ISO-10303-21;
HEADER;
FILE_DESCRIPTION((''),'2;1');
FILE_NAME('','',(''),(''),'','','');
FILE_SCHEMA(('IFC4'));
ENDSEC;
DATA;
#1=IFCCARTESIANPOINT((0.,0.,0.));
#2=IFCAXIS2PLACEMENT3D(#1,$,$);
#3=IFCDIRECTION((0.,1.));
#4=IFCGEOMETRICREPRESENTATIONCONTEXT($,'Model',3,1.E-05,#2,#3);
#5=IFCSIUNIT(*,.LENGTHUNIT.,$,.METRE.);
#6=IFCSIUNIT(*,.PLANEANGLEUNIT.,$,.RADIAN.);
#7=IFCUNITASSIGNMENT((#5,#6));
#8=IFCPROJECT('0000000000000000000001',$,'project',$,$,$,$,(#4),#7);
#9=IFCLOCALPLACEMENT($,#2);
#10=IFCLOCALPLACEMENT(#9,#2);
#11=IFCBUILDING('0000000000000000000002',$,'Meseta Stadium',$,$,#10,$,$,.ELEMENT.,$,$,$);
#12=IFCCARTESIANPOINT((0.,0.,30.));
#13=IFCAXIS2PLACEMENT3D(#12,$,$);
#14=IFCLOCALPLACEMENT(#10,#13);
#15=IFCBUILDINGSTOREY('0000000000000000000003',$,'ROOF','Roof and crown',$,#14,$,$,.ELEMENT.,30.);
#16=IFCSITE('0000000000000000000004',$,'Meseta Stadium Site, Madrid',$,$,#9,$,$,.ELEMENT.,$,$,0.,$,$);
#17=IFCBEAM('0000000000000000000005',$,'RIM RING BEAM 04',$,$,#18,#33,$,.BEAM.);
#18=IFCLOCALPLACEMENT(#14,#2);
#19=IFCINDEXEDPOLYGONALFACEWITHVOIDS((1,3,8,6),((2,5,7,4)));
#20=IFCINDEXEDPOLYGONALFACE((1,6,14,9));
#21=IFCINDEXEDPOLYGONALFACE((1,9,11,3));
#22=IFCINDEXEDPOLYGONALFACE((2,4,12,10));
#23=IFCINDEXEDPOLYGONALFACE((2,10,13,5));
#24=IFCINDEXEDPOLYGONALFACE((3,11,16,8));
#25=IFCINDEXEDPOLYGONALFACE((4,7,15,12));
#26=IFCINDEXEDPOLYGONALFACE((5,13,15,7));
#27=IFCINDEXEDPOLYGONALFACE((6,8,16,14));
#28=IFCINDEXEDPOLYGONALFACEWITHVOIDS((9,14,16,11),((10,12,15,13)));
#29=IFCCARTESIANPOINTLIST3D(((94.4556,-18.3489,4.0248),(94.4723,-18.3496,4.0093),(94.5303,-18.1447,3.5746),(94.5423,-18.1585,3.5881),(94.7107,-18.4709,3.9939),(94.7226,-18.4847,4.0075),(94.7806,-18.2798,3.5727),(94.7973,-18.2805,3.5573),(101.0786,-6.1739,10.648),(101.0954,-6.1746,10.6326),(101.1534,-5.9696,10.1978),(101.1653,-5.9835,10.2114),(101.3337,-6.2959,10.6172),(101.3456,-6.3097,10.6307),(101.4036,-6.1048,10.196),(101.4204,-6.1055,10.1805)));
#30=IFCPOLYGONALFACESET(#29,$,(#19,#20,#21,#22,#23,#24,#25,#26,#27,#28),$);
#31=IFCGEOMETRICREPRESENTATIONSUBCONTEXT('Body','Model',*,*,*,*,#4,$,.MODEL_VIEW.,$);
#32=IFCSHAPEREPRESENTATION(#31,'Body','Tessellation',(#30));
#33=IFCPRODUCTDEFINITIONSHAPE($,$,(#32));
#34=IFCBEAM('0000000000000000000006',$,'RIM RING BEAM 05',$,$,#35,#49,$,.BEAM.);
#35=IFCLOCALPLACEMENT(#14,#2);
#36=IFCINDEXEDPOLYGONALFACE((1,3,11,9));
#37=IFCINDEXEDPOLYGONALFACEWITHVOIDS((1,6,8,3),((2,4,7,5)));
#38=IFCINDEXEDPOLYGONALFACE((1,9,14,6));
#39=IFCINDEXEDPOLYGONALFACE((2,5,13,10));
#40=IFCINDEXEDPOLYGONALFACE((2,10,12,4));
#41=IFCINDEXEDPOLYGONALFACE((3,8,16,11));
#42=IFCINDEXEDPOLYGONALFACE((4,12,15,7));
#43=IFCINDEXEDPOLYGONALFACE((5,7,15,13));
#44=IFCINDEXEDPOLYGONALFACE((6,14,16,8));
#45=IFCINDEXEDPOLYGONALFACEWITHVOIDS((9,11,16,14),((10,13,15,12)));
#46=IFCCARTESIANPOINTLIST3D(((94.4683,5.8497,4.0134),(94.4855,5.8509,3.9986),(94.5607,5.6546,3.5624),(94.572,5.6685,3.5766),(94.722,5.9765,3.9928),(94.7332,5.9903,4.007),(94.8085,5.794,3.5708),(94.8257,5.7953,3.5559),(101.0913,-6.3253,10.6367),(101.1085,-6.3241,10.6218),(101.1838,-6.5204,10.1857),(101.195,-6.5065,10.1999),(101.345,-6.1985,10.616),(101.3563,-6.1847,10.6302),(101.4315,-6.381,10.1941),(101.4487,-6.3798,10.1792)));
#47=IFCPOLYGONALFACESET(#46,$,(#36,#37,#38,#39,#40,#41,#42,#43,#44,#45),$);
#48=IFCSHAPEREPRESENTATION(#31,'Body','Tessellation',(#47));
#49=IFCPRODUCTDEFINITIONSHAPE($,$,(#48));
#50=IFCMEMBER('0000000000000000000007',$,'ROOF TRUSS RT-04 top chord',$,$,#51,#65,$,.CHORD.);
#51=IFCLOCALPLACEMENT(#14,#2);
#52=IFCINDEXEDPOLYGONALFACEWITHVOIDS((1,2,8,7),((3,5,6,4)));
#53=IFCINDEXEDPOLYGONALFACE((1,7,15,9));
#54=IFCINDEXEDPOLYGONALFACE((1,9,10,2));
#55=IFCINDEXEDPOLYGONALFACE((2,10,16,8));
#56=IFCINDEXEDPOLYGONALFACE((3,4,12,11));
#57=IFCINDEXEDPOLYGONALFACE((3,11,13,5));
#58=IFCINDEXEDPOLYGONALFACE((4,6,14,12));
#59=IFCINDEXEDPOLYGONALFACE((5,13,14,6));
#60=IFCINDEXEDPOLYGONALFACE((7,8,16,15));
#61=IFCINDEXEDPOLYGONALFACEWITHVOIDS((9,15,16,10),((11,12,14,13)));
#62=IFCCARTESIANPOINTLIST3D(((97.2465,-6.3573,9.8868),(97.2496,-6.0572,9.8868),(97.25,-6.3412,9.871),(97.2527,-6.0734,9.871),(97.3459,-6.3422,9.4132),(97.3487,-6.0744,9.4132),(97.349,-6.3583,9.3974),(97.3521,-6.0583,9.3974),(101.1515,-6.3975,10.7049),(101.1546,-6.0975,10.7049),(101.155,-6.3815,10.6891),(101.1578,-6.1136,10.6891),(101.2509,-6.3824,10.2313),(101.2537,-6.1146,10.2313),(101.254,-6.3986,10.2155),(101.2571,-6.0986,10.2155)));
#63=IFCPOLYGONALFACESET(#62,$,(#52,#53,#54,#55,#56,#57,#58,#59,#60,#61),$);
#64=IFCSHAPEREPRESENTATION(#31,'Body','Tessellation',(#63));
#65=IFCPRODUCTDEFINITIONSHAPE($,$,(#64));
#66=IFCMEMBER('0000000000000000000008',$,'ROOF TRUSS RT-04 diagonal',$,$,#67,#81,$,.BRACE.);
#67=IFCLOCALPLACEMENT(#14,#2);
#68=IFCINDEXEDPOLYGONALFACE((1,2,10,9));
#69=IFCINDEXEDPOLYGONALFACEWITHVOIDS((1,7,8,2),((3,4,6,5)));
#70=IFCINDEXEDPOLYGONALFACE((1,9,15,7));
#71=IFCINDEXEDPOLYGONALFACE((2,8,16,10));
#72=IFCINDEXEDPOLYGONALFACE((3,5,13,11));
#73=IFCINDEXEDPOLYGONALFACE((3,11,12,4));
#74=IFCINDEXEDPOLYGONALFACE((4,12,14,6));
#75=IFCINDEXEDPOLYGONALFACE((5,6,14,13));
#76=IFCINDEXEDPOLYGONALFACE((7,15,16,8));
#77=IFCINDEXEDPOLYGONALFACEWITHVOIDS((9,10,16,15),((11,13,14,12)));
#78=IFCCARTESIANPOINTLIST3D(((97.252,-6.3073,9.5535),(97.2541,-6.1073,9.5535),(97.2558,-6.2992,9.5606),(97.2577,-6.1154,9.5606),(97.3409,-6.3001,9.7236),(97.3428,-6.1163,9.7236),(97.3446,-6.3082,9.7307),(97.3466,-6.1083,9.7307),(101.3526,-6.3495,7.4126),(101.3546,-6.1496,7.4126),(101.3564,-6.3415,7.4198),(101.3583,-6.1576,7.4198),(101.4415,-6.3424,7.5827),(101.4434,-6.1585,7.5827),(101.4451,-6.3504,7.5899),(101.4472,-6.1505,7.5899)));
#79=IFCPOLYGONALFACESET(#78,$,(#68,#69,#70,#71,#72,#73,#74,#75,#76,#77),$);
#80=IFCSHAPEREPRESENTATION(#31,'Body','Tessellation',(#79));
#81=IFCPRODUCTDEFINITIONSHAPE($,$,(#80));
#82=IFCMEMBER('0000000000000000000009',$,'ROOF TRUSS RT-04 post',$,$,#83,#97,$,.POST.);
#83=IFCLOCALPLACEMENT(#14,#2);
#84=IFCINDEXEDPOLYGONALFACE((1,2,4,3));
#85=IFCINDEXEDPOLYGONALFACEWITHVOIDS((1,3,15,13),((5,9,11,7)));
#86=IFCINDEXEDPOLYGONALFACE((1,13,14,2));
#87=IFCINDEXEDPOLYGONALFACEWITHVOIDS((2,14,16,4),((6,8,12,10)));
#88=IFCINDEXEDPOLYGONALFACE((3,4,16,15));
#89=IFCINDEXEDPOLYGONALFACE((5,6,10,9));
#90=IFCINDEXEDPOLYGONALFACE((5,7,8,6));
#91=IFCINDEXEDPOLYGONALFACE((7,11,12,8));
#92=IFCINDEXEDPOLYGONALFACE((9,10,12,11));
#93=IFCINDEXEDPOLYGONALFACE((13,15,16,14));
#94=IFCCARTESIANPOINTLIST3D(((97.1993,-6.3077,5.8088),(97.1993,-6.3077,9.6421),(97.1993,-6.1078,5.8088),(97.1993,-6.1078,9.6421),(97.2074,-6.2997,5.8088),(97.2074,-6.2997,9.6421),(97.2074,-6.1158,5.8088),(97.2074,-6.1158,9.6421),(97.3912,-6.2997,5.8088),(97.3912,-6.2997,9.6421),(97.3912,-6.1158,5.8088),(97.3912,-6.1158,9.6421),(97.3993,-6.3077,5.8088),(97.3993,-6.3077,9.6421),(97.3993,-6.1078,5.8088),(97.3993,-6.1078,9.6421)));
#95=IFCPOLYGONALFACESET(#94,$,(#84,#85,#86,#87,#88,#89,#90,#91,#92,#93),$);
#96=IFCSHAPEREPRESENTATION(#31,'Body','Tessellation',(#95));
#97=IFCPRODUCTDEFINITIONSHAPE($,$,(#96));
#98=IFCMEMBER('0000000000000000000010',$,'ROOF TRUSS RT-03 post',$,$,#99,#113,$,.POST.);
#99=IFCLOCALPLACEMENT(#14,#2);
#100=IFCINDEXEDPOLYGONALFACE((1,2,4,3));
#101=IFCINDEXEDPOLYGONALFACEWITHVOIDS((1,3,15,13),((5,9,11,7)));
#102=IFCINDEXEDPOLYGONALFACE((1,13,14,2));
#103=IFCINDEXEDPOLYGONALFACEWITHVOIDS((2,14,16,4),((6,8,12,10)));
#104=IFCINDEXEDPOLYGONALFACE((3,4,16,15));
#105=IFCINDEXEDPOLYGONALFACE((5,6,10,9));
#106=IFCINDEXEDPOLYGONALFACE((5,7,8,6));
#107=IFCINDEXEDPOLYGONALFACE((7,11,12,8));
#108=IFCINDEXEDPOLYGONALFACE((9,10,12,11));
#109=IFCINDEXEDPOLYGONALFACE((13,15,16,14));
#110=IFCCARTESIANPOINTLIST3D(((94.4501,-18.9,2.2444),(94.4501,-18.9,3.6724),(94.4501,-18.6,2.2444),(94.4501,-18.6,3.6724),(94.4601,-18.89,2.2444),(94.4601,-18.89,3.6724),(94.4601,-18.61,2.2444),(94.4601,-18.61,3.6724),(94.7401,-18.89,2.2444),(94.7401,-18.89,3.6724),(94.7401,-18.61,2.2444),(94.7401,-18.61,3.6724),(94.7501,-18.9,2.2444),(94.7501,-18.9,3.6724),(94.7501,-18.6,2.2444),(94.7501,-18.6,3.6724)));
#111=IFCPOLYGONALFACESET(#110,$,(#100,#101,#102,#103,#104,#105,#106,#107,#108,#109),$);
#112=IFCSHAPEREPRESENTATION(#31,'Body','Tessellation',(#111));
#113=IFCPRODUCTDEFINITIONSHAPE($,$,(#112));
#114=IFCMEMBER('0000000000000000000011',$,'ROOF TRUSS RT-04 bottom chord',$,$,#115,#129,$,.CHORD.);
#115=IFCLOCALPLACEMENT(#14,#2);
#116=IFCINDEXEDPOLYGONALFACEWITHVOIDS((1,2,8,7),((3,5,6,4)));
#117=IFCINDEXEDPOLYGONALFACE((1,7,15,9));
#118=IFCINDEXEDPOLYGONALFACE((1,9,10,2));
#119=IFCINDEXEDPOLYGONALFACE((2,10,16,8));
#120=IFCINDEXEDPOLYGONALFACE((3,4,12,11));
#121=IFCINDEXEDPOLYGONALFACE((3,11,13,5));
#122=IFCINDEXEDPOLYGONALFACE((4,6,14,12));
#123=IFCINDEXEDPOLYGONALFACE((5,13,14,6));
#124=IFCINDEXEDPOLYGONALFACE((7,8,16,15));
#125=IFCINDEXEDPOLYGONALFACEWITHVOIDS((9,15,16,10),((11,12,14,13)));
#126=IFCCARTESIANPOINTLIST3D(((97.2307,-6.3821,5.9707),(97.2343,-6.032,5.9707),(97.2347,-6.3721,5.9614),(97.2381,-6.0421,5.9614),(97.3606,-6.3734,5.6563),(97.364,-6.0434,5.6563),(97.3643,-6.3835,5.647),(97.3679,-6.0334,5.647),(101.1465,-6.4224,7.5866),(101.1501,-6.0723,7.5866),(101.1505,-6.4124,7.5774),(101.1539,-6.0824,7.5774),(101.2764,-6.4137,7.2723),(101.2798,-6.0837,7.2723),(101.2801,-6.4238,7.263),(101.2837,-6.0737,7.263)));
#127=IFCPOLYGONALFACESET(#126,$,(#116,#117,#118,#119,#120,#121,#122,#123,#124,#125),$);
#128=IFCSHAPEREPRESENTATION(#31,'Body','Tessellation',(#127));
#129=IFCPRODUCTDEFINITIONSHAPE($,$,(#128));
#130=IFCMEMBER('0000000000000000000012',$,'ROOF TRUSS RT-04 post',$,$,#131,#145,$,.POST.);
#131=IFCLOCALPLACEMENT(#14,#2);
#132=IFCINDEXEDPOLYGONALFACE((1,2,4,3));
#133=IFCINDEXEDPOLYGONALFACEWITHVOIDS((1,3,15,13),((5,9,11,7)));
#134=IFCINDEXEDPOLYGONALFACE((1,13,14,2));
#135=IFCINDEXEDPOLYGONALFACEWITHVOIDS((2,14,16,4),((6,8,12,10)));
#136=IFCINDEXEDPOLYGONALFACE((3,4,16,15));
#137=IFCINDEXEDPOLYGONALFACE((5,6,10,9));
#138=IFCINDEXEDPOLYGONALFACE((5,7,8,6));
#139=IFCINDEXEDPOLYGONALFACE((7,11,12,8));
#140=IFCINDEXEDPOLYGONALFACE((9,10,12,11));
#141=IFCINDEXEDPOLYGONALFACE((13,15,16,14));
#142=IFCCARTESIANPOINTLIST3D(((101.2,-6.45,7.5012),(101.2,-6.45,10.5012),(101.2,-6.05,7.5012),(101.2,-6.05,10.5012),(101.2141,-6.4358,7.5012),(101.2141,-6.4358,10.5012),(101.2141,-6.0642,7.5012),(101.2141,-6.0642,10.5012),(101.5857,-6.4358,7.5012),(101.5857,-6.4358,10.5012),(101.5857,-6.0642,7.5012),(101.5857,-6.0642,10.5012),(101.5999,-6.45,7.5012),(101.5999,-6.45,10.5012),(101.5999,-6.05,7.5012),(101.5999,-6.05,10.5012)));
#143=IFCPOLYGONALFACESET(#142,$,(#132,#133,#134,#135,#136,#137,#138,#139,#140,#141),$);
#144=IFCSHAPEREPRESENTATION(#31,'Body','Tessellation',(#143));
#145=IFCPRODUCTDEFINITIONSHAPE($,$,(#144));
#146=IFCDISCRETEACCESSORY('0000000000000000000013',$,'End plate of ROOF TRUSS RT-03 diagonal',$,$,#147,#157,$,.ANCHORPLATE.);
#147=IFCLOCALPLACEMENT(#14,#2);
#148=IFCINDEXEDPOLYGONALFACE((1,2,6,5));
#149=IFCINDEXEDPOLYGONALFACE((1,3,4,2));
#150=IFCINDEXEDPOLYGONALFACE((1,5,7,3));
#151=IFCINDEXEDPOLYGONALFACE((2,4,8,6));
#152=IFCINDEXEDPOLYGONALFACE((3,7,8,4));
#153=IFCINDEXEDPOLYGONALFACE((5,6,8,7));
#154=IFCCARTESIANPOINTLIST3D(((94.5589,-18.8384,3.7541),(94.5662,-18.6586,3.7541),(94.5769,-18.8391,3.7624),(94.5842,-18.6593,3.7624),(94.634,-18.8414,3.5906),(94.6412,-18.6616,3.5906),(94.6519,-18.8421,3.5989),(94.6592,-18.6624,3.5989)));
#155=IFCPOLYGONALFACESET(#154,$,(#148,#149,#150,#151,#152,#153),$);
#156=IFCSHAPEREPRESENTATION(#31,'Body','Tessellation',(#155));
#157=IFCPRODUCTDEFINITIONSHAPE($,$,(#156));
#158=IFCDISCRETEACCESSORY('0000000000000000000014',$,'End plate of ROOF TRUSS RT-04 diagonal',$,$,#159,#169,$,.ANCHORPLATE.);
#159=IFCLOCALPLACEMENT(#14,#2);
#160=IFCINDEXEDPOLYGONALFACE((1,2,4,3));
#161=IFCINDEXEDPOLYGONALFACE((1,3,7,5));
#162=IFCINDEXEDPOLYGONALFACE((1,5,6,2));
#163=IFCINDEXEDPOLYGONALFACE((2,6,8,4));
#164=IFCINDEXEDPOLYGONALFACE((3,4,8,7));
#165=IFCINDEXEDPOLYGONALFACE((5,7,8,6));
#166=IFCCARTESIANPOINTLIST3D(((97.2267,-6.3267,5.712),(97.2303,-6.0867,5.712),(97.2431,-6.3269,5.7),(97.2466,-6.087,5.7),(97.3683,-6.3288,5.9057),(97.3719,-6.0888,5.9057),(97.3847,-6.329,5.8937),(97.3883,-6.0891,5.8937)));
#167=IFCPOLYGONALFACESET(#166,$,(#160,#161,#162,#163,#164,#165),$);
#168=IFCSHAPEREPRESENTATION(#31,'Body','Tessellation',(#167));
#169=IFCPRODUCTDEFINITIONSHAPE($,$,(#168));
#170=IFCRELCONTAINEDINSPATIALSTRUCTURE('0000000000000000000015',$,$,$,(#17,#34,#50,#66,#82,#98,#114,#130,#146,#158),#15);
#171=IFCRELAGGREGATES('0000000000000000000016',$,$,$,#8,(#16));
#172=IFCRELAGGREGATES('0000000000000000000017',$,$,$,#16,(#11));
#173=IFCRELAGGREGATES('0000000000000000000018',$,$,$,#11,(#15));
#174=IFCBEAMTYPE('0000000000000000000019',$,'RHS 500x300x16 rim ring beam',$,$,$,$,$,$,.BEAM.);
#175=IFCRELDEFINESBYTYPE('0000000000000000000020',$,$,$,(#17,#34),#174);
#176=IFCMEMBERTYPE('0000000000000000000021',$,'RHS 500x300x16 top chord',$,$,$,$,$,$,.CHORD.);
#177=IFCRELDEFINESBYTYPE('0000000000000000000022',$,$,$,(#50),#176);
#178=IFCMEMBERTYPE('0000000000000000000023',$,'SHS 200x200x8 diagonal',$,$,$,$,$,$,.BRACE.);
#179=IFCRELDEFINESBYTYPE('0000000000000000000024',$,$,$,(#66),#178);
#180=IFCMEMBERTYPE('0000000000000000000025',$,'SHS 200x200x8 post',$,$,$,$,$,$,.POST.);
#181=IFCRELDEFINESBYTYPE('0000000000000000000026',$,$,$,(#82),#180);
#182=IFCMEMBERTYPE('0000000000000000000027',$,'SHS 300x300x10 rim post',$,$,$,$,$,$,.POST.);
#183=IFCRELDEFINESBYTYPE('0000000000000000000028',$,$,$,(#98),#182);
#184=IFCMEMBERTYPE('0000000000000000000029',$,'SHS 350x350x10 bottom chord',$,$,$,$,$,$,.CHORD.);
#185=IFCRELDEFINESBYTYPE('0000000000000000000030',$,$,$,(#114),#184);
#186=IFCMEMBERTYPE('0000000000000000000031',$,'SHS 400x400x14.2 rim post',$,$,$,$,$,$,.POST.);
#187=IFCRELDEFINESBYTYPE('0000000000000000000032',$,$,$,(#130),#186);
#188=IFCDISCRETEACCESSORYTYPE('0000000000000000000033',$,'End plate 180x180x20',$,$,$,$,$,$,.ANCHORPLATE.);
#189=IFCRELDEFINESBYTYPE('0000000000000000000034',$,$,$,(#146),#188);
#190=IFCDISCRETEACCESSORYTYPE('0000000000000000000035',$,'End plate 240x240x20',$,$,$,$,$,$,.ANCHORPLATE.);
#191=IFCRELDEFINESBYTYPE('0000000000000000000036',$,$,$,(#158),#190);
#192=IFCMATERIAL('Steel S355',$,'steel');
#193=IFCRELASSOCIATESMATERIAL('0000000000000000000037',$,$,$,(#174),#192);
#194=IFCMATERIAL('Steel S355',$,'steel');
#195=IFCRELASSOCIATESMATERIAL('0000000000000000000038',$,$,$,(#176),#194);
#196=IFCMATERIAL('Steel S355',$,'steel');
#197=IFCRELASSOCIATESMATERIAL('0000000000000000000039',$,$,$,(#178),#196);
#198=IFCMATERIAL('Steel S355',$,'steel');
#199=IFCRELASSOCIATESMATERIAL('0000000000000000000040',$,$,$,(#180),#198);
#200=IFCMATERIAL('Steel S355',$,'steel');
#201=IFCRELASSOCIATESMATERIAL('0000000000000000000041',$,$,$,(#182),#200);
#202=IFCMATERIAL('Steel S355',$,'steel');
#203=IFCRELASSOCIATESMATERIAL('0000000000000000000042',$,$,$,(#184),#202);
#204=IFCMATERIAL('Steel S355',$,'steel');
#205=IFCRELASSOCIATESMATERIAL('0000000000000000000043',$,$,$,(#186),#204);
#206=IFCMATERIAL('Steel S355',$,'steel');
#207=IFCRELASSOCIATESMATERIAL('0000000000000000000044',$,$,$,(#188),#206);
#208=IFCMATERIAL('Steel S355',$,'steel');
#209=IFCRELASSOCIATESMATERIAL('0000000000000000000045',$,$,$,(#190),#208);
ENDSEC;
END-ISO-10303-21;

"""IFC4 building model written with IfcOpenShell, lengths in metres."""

from ifc_helpers import new_model, si_unit, direction, frame, origin, origin_2d, place, context, subcontext, project, spatial, rectangle, hollow_rectangle, extrude, material, material_profile, profile_set, type_object, element, save


model = new_model("IFC4")

# Units and contexts
model_context = context("Model", 3, precision=1e-05, world=origin(), true_north=direction((0.0, 1.0)))
body_context = subcontext(model_context, "Body", "Model", "MODEL_VIEW")
ifc_project = project(units=[si_unit("LENGTHUNIT", "METRE"), si_unit("PLANEANGLEUNIT", "RADIAN")], contexts=[model_context])

# Site, building, storey
site_placement = place(None, origin())
site = spatial("IfcSite", under=ifc_project, at=site_placement, Name="Meseta Stadium Site, Madrid", CompositionType="ELEMENT", RefElevation=0.0)
building_placement = place(site_placement, origin())
building = spatial("IfcBuilding", under=site, at=building_placement, Name="Meseta Stadium", CompositionType="ELEMENT")
storey_placement = place(building_placement, frame((0.0, 0.0, 30.0)))
storey = spatial("IfcBuildingStorey", under=building, at=storey_placement, Name="ROOF", Description="Roof and crown", CompositionType="ELEMENT", Elevation=30.0)

# Beams
ifc_material_1 = material(Name="Steel S355", Category="steel")
ifc_material_profile_1 = material_profile(ifc_material_1, hollow_rectangle(XDim=0.3, YDim=0.5, WallThickness=0.0161, at=origin_2d()), Name="RHS 500x300x16")
ifc_profile_set_1 = profile_set([ifc_material_profile_1], Name="Steel S355")
beam_type = type_object("IfcBeamType", Name="RHS 500x300x16 rim ring beam", PredefinedType="BEAM", material=ifc_profile_set_1)
for number, where, z_axis, x_axis, name in (
    (1, (94.6265, -18.3147, 3.791), (0.431156, 0.792588, 0.431172), (-0.889806, 0.452683, 0.057643), "RIM RING BEAM 04"),
    (2, (101.27, -6.3525, 10.408), (-0.431156, 0.792588, -0.431172), (-0.883117, -0.468656, 0.021593), "RIM RING BEAM 05"),
):
    element("IfcBeam", number, at=place(storey_placement, frame(where, z_axis=z_axis, x_axis=x_axis)), inside=storey, type_object=beam_type, Name=name, PredefinedType="BEAM", context=body_context, shape_type="SweptSolid", body=[
        extrude(hollow_rectangle(XDim=0.3, YDim=0.5, WallThickness=0.0161, at=origin_2d()), origin(), (0.0, 0.0, 1.0), 15.3611),
    ])

# Members
ifc_material_2 = material(Name="Steel S355", Category="steel")
ifc_material_profile_2 = material_profile(ifc_material_2, hollow_rectangle(XDim=0.3, YDim=0.5, WallThickness=0.0161, at=origin_2d()), Name="RHS 500x300x16")
ifc_profile_set_2 = profile_set([ifc_material_profile_2], Name="Steel S355")
member_type_1 = type_object("IfcMemberType", Name="RHS 500x300x16 top chord", PredefinedType="CHORD", material=ifc_profile_set_2)
member_1_placement = place(storey_placement, frame((97.2993, -6.2078, 9.6421), z_axis=(0.978701, -0.010096, 0.205041), x_axis=(0.010315, 0.999947, 0.0)))
element("IfcMember", 3, at=member_1_placement, inside=storey, type_object=member_type_1, Name="ROOF TRUSS RT-04 top chord", PredefinedType="CHORD", context=body_context, shape_type="SweptSolid", body=[
    extrude(hollow_rectangle(XDim=0.3, YDim=0.5, WallThickness=0.0161, at=origin_2d()), origin(), (0.0, 0.0, 1.0), 3.99),
])
ifc_material_3 = material(Name="Steel S355", Category="steel")
ifc_material_profile_3 = material_profile(ifc_material_3, hollow_rectangle(XDim=0.2, YDim=0.2, WallThickness=0.0081, at=origin_2d()), Name="SHS 200x200x8")
ifc_profile_set_3 = profile_set([ifc_material_profile_3], Name="Steel S355")
member_type_2 = type_object("IfcMemberType", Name="SHS 200x200x8 diagonal", PredefinedType="BRACE", material=ifc_profile_set_3)
member_2_placement = place(storey_placement, frame((97.2993, -6.2078, 9.6421), z_axis=(0.886421, -0.00913, -0.46279), x_axis=(0.0103, 0.999947, 0.0)))
element("IfcMember", 4, at=member_2_placement, inside=storey, type_object=member_type_2, Name="ROOF TRUSS RT-04 diagonal", PredefinedType="BRACE", context=body_context, shape_type="SweptSolid", body=[
    extrude(hollow_rectangle(XDim=0.2, YDim=0.2, WallThickness=0.0081, at=origin_2d()), origin(), (0.0, 0.0, 1.0), 4.626),
])
ifc_material_4 = material(Name="Steel S355", Category="steel")
ifc_material_profile_4 = material_profile(ifc_material_4, hollow_rectangle(XDim=0.2, YDim=0.2, WallThickness=0.0081, at=origin_2d()), Name="SHS 200x200x8")
ifc_profile_set_4 = profile_set([ifc_material_profile_4], Name="Steel S355")
member_type_3 = type_object("IfcMemberType", Name="SHS 200x200x8 post", PredefinedType="POST", material=ifc_profile_set_4)
member_3_placement = place(storey_placement, frame((97.2993, -6.2078, 5.8088), z_axis=(0.0, 0.0, 1.0), x_axis=(1.0, 0.0, 0.0)))
element("IfcMember", 5, at=member_3_placement, inside=storey, type_object=member_type_3, Name="ROOF TRUSS RT-04 post", PredefinedType="POST", context=body_context, shape_type="SweptSolid", body=[
    extrude(hollow_rectangle(XDim=0.2, YDim=0.2, WallThickness=0.0081, at=origin_2d()), origin(), (0.0, 0.0, 1.0), 3.8333),
])
ifc_material_5 = material(Name="Steel S355", Category="steel")
ifc_material_profile_5 = material_profile(ifc_material_5, hollow_rectangle(XDim=0.3, YDim=0.3, WallThickness=0.01, at=origin_2d()), Name="SHS 300x300x10")
ifc_profile_set_5 = profile_set([ifc_material_profile_5], Name="Steel S355")
member_type_4 = type_object("IfcMemberType", Name="SHS 300x300x10 rim post", PredefinedType="POST", material=ifc_profile_set_5)
member_4_placement = place(storey_placement, frame((94.6001, -18.75, 2.2444), z_axis=(0.0, 0.0, 1.0), x_axis=(1.0, 0.0, 0.0)))
element("IfcMember", 6, at=member_4_placement, inside=storey, type_object=member_type_4, Name="ROOF TRUSS RT-03 post", PredefinedType="POST", context=body_context, shape_type="SweptSolid", body=[
    extrude(hollow_rectangle(XDim=0.3, YDim=0.3, WallThickness=0.01, at=origin_2d()), origin(), (0.0, 0.0, 1.0), 1.428),
])
ifc_material_6 = material(Name="Steel S355", Category="steel")
ifc_material_profile_6 = material_profile(ifc_material_6, hollow_rectangle(XDim=0.3501, YDim=0.3501, WallThickness=0.01, at=origin_2d()), Name="SHS 350x350x10")
ifc_profile_set_6 = profile_set([ifc_material_profile_6], Name="Steel S355")
member_type_5 = type_object("IfcMemberType", Name="SHS 350x350x10 bottom chord", PredefinedType="CHORD", material=ifc_profile_set_6)
member_5_placement = place(storey_placement, frame((97.2993, -6.2078, 5.8088), z_axis=(0.924338, -0.009509, 0.381457), x_axis=(0.010287, 0.999947, 0.0)))
element("IfcMember", 7, at=member_5_placement, inside=storey, type_object=member_type_5, Name="ROOF TRUSS RT-04 bottom chord", PredefinedType="CHORD", context=body_context, shape_type="SweptSolid", body=[
    extrude(hollow_rectangle(XDim=0.3501, YDim=0.3501, WallThickness=0.01, at=origin_2d()), origin(), (0.0, 0.0, 1.0), 4.2363),
])
ifc_material_7 = material(Name="Steel S355", Category="steel")
ifc_material_profile_7 = material_profile(ifc_material_7, hollow_rectangle(XDim=0.3999, YDim=0.3999, WallThickness=0.0142, at=origin_2d()), Name="SHS 400x400x14.2")
ifc_profile_set_7 = profile_set([ifc_material_profile_7], Name="Steel S355")
member_type_6 = type_object("IfcMemberType", Name="SHS 400x400x14.2 rim post", PredefinedType="POST", material=ifc_profile_set_7)
member_6_placement = place(storey_placement, frame((101.3999, -6.25, 7.5012), z_axis=(0.0, 0.0, 1.0), x_axis=(1.0, 0.0, 0.0)))
element("IfcMember", 8, at=member_6_placement, inside=storey, type_object=member_type_6, Name="ROOF TRUSS RT-04 post", PredefinedType="POST", context=body_context, shape_type="SweptSolid", body=[
    extrude(hollow_rectangle(XDim=0.3999, YDim=0.3999, WallThickness=0.0142, at=origin_2d()), origin(), (0.0, 0.0, 1.0), 3.0),
])

# Discrete accessories
ifc_material_8 = material(Name="Steel S355", Category="steel")
ifc_material_profile_8 = material_profile(ifc_material_8, rectangle(XDim=0.1799, YDim=0.1799, at=origin_2d()), Name="PL 180x180")
ifc_profile_set_8 = profile_set([ifc_material_profile_8], Name="Steel S355")
discrete_accessory_type_1 = type_object("IfcDiscreteAccessoryType", Name="End plate 180x180x20", PredefinedType="ANCHORPLATE", material=ifc_profile_set_8)
discrete_accessory_1_placement = place(storey_placement, frame((94.6001, -18.75, 3.6724), z_axis=(0.908061, -0.036813, 0.417217), x_axis=(0.040507, 0.999179, 0.0)))
element("IfcDiscreteAccessory", 9, at=discrete_accessory_1_placement, inside=storey, type_object=discrete_accessory_type_1, Name="End plate of ROOF TRUSS RT-03 diagonal", PredefinedType="ANCHORPLATE", context=body_context, shape_type="SweptSolid", body=[
    extrude(rectangle(XDim=0.1799, YDim=0.1799, at=origin_2d()), origin(), (0.0, 0.0, 1.0), 0.0198),
])
ifc_material_9 = material(Name="Steel S355", Category="steel")
ifc_material_profile_9 = material_profile(ifc_material_9, rectangle(XDim=0.24, YDim=0.24, at=origin_2d()), Name="PL 240x240")
ifc_profile_set_9 = profile_set([ifc_material_profile_9], Name="Steel S355")
discrete_accessory_type_2 = type_object("IfcDiscreteAccessoryType", Name="End plate 240x240x20", PredefinedType="ANCHORPLATE", material=ifc_profile_set_9)
discrete_accessory_2_placement = place(storey_placement, frame((97.2993, -6.2078, 5.8088), z_axis=(0.807112, -0.012046, -0.590276), x_axis=(0.014924, 0.999889, 0.0)))
element("IfcDiscreteAccessory", 10, at=discrete_accessory_2_placement, inside=storey, type_object=discrete_accessory_type_2, Name="End plate of ROOF TRUSS RT-04 diagonal", PredefinedType="ANCHORPLATE", context=body_context, shape_type="SweptSolid", body=[
    extrude(rectangle(XDim=0.24, YDim=0.24, at=origin_2d()), origin(), (0.0, 0.0, 1.0), 0.0203),
])

save(model, "model.ifc")
